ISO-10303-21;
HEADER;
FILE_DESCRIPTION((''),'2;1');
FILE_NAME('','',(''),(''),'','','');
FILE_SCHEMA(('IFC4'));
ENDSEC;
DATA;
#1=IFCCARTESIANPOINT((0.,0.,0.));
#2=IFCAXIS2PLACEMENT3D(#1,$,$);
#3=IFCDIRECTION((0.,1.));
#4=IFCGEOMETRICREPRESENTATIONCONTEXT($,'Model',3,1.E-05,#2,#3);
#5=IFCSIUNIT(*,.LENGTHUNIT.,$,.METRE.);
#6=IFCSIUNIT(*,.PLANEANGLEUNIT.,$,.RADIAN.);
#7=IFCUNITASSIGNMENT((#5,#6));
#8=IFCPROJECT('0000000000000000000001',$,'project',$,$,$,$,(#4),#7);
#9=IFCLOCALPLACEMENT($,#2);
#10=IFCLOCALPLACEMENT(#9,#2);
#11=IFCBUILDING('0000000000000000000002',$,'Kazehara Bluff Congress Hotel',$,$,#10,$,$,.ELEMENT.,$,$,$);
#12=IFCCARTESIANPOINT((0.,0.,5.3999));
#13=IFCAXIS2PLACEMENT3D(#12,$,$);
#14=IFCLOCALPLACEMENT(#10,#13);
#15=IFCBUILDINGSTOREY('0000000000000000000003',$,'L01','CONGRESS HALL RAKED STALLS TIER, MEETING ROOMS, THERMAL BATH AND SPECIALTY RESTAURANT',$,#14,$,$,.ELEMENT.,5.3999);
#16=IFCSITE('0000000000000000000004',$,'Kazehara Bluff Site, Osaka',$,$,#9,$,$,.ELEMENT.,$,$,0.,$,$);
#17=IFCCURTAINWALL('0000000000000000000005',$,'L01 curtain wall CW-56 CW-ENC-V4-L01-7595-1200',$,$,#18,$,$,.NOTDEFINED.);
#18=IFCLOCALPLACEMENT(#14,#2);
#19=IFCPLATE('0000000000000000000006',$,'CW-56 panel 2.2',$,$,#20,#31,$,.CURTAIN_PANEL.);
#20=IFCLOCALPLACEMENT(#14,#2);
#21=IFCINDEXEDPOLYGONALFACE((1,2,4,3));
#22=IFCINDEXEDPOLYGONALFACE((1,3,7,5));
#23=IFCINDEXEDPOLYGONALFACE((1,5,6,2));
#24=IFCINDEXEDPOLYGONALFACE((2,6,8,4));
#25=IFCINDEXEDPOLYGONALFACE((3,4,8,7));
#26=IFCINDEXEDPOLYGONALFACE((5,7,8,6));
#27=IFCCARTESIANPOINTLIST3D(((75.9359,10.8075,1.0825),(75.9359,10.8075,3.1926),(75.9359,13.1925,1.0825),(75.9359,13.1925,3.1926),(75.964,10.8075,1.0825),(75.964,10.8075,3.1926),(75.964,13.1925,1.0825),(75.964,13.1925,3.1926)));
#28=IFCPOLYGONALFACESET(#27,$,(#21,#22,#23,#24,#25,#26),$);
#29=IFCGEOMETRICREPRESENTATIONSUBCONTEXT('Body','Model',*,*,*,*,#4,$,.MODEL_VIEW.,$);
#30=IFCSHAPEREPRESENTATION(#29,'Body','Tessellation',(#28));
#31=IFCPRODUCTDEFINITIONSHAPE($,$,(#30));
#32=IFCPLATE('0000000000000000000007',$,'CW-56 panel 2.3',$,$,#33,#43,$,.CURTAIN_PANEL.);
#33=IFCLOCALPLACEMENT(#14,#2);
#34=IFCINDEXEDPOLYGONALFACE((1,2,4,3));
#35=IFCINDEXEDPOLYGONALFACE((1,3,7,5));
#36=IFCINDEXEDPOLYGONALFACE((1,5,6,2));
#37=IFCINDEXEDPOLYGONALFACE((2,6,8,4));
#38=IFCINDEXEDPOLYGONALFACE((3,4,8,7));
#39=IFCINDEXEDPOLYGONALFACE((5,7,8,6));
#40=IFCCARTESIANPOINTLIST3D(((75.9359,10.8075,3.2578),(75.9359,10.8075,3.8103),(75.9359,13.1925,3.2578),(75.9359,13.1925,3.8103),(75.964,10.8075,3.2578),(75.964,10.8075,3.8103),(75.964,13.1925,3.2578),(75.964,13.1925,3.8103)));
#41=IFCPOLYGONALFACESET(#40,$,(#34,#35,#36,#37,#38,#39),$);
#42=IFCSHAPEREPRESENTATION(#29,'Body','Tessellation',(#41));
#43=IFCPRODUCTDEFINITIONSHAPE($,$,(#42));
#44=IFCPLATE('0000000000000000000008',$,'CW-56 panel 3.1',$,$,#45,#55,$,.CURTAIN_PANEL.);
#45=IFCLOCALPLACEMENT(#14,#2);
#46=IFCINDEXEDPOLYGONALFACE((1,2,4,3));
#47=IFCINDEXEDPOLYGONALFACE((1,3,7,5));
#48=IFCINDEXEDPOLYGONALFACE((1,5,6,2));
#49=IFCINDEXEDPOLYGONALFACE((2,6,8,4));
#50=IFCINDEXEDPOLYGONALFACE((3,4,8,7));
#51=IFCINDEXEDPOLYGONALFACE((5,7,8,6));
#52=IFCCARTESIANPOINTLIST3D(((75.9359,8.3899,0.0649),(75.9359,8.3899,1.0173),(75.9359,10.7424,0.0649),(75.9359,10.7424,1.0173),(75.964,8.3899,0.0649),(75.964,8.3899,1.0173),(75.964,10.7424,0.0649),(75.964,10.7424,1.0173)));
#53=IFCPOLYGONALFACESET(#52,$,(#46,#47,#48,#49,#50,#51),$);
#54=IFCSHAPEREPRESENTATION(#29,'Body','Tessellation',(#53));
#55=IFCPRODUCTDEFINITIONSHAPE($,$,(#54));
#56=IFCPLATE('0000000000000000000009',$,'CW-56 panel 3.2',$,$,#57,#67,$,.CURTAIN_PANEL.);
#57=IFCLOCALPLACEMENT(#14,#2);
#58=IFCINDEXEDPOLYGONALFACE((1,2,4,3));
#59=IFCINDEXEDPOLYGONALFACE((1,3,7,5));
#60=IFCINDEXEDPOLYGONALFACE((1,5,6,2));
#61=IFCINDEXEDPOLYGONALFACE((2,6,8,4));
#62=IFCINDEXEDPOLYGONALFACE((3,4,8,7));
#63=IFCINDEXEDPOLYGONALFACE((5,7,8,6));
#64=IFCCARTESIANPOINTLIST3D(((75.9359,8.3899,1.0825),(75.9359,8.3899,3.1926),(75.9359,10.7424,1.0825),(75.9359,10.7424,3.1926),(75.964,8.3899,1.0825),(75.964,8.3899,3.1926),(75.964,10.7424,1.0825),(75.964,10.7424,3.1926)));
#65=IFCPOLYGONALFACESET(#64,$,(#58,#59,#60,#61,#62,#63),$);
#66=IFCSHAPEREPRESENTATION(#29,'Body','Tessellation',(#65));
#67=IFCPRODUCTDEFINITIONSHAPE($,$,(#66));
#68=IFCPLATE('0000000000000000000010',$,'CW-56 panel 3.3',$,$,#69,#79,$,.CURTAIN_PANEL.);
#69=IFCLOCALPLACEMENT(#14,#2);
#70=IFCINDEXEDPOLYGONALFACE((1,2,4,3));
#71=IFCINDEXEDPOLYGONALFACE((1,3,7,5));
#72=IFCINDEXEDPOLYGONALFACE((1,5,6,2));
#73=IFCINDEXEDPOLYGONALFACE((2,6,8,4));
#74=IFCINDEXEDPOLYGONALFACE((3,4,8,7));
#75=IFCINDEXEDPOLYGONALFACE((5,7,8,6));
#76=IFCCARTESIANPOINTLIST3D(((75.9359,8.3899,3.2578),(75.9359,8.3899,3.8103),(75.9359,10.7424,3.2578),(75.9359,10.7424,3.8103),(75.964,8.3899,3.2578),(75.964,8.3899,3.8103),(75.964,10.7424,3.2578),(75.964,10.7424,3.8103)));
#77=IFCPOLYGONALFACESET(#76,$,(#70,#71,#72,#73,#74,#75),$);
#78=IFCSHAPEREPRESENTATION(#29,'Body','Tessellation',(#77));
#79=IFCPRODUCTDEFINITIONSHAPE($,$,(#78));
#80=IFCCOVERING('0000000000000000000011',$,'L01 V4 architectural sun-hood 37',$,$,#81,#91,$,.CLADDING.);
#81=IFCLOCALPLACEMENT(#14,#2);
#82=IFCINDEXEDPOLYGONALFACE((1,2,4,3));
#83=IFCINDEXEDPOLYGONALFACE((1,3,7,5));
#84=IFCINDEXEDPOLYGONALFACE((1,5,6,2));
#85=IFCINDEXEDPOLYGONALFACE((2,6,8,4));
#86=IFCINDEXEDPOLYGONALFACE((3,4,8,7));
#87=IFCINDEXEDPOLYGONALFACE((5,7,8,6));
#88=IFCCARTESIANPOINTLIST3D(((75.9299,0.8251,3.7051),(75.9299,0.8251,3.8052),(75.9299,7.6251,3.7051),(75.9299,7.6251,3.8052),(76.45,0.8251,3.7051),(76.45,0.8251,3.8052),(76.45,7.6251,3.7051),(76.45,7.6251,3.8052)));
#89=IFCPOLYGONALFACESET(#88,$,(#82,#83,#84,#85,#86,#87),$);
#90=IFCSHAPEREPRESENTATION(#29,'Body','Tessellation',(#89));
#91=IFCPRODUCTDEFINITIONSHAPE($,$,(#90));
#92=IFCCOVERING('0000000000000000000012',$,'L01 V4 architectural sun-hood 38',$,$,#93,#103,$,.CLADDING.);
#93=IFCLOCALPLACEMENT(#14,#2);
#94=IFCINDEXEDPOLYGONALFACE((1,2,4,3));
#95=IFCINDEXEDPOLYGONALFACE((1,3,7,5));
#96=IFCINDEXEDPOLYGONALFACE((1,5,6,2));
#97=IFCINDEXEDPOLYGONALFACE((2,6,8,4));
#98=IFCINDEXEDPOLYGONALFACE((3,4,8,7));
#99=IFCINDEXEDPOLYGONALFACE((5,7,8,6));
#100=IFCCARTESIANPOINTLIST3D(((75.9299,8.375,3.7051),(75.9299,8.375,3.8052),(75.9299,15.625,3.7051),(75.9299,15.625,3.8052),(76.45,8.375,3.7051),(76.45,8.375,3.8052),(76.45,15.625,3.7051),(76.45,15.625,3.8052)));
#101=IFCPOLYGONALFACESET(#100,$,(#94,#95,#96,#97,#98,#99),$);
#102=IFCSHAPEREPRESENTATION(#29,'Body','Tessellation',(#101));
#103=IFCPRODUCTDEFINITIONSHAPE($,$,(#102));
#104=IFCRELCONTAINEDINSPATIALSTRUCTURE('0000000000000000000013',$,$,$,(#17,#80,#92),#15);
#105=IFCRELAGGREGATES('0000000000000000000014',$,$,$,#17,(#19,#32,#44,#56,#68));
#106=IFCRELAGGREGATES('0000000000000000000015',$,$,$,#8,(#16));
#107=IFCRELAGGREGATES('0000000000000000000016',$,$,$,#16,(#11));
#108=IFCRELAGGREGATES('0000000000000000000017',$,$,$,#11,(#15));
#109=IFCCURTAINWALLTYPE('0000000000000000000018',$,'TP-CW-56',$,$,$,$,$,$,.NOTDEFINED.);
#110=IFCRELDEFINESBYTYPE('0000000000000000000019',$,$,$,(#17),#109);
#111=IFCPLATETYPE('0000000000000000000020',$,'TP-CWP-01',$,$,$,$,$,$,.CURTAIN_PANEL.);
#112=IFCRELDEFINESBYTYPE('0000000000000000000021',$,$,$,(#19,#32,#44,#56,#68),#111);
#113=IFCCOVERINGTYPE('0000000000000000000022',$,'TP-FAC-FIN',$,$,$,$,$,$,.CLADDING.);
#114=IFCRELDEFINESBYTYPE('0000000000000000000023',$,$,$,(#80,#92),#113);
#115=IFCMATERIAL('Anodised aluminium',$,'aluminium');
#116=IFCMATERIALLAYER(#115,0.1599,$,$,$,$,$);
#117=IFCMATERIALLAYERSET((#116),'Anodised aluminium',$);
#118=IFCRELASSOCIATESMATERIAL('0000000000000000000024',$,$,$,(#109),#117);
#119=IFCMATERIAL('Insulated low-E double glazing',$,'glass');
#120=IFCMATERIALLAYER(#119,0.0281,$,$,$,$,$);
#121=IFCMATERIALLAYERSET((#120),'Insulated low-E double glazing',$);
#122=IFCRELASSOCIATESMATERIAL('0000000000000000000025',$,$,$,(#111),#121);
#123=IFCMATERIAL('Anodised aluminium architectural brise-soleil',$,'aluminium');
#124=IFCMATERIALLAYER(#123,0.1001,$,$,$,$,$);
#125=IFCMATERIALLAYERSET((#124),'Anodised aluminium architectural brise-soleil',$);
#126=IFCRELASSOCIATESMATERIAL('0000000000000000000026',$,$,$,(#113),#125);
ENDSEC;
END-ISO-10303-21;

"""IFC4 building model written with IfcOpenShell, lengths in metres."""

from ifc_helpers import new_model, si_unit, direction, frame, origin, origin_2d, place, context, subcontext, project, spatial, rectangle, extrude, material, layer, layer_set, type_object, element, aggregate, save


model = new_model("IFC4")

# Units and contexts
model_context = context("Model", 3, precision=1e-05, world=origin(), true_north=direction((0.0, 1.0)))
body_context = subcontext(model_context, "Body", "Model", "MODEL_VIEW")
ifc_project = project(units=[si_unit("LENGTHUNIT", "METRE"), si_unit("PLANEANGLEUNIT", "RADIAN")], contexts=[model_context])

# Site, building, storey
site_placement = place(None, origin())
site = spatial("IfcSite", under=ifc_project, at=site_placement, Name="Kazehara Bluff Site, Osaka", CompositionType="ELEMENT", RefElevation=0.0)
building_placement = place(site_placement, origin())
building = spatial("IfcBuilding", under=site, at=building_placement, Name="Kazehara Bluff Congress Hotel", CompositionType="ELEMENT")
storey_placement = place(building_placement, frame((0.0, 0.0, 5.3999)))
storey = spatial("IfcBuildingStorey", under=building, at=storey_placement, Name="L01", Description="CONGRESS HALL RAKED STALLS TIER, MEETING ROOMS, THERMAL BATH AND SPECIALTY RESTAURANT", CompositionType="ELEMENT", Elevation=5.3999)

# Curtain wall
ifc_material_1 = material(Name="Anodised aluminium", Category="aluminium")
ifc_layer_1 = layer(ifc_material_1, 0.1599)
ifc_layer_set_1 = layer_set([ifc_layer_1], Name="Anodised aluminium")
curtain_wall_type_1 = type_object("IfcCurtainWallType", Name="TP-CW-56", PredefinedType="NOTDEFINED", material=ifc_layer_set_1)
curtain_wall_1_placement = place(storey_placement, origin())
curtain_wall_1 = element("IfcCurtainWall", 1, at=curtain_wall_1_placement, inside=storey, type_object=curtain_wall_type_1, Name="L01 curtain wall CW-56 CW-ENC-V4-L01-7595-1200", PredefinedType="NOTDEFINED")

# Plates
ifc_material_2 = material(Name="Insulated low-E double glazing", Category="glass")
ifc_layer_2 = layer(ifc_material_2, 0.0281)
ifc_layer_set_2 = layer_set([ifc_layer_2], Name="Insulated low-E double glazing")
plate_type = type_object("IfcPlateType", Name="TP-CWP-01", PredefinedType="CURTAIN_PANEL", material=ifc_layer_set_2)
plate_1_placement = place(storey_placement, frame((75.95, 12.0, 1.0825), z_axis=(0.0, 0.0, 1.0), x_axis=(0.0, -1.0, 0.0)))
plate_1 = element("IfcPlate", 2, at=plate_1_placement, type_object=plate_type, Name="CW-56 panel 2.2", PredefinedType="CURTAIN_PANEL", context=body_context, shape_type="SweptSolid", body=[
    extrude(rectangle(XDim=2.385, YDim=0.0281, at=origin_2d()), origin(), (0.0, 0.0, 1.0), 2.1101),
])
plate_2_placement = place(storey_placement, frame((75.95, 12.0, 3.2578), z_axis=(0.0, 0.0, 1.0), x_axis=(0.0, -1.0, 0.0)))
plate_2 = element("IfcPlate", 3, at=plate_2_placement, type_object=plate_type, Name="CW-56 panel 2.3", PredefinedType="CURTAIN_PANEL", context=body_context, shape_type="SweptSolid", body=[
    extrude(rectangle(XDim=2.385, YDim=0.0281, at=origin_2d()), origin(), (0.0, 0.0, 1.0), 0.5525),
])
plate_3_placement = place(storey_placement, frame((75.95, 9.5662, 0.0649), z_axis=(0.0, 0.0, 1.0), x_axis=(0.0, -1.0, 0.0)))
plate_3 = element("IfcPlate", 4, at=plate_3_placement, type_object=plate_type, Name="CW-56 panel 3.1", PredefinedType="CURTAIN_PANEL", context=body_context, shape_type="SweptSolid", body=[
    extrude(rectangle(XDim=2.3525, YDim=0.0281, at=origin_2d()), origin(), (0.0, 0.0, 1.0), 0.9524),
])
plate_4_placement = place(storey_placement, frame((75.95, 9.5662, 1.0825), z_axis=(0.0, 0.0, 1.0), x_axis=(0.0, -1.0, 0.0)))
plate_4 = element("IfcPlate", 5, at=plate_4_placement, type_object=plate_type, Name="CW-56 panel 3.2", PredefinedType="CURTAIN_PANEL", context=body_context, shape_type="SweptSolid", body=[
    extrude(rectangle(XDim=2.3525, YDim=0.0281, at=origin_2d()), origin(), (0.0, 0.0, 1.0), 2.1101),
])
plate_5_placement = place(storey_placement, frame((75.95, 9.5662, 3.2578), z_axis=(0.0, 0.0, 1.0), x_axis=(0.0, -1.0, 0.0)))
plate_5 = element("IfcPlate", 6, at=plate_5_placement, type_object=plate_type, Name="CW-56 panel 3.3", PredefinedType="CURTAIN_PANEL", context=body_context, shape_type="SweptSolid", body=[
    extrude(rectangle(XDim=2.3525, YDim=0.0281, at=origin_2d()), origin(), (0.0, 0.0, 1.0), 0.5525),
])
aggregate(curtain_wall_1, [plate_1, plate_2, plate_3, plate_4, plate_5])

# Coverings
ifc_material_3 = material(Name="Anodised aluminium architectural brise-soleil", Category="aluminium")
ifc_layer_3 = layer(ifc_material_3, 0.1001)
ifc_layer_set_3 = layer_set([ifc_layer_3], Name="Anodised aluminium architectural brise-soleil")
covering_type = type_object("IfcCoveringType", Name="TP-FAC-FIN", PredefinedType="CLADDING", material=ifc_layer_set_3)
covering_1_placement = place(storey_placement, frame((76.1899, 4.2251, 3.7051), z_axis=(0.0, 0.0, 1.0), x_axis=(1.0, 0.0, 0.0)))
element("IfcCovering", 7, at=covering_1_placement, inside=storey, type_object=covering_type, Name="L01 V4 architectural sun-hood 37", PredefinedType="CLADDING", context=body_context, shape_type="SweptSolid", body=[
    extrude(rectangle(XDim=0.52, YDim=6.8, at=origin_2d()), origin(), (0.0, 0.0, 1.0), 0.1001),
])
covering_2_placement = place(storey_placement, frame((76.1899, 12.0, 3.7051), z_axis=(0.0, 0.0, 1.0), x_axis=(1.0, 0.0, 0.0)))
element("IfcCovering", 8, at=covering_2_placement, inside=storey, type_object=covering_type, Name="L01 V4 architectural sun-hood 38", PredefinedType="CLADDING", context=body_context, shape_type="SweptSolid", body=[
    extrude(rectangle(XDim=0.52, YDim=7.25, at=origin_2d()), origin(), (0.0, 0.0, 1.0), 0.1001),
])

save(model, "model.ifc")
